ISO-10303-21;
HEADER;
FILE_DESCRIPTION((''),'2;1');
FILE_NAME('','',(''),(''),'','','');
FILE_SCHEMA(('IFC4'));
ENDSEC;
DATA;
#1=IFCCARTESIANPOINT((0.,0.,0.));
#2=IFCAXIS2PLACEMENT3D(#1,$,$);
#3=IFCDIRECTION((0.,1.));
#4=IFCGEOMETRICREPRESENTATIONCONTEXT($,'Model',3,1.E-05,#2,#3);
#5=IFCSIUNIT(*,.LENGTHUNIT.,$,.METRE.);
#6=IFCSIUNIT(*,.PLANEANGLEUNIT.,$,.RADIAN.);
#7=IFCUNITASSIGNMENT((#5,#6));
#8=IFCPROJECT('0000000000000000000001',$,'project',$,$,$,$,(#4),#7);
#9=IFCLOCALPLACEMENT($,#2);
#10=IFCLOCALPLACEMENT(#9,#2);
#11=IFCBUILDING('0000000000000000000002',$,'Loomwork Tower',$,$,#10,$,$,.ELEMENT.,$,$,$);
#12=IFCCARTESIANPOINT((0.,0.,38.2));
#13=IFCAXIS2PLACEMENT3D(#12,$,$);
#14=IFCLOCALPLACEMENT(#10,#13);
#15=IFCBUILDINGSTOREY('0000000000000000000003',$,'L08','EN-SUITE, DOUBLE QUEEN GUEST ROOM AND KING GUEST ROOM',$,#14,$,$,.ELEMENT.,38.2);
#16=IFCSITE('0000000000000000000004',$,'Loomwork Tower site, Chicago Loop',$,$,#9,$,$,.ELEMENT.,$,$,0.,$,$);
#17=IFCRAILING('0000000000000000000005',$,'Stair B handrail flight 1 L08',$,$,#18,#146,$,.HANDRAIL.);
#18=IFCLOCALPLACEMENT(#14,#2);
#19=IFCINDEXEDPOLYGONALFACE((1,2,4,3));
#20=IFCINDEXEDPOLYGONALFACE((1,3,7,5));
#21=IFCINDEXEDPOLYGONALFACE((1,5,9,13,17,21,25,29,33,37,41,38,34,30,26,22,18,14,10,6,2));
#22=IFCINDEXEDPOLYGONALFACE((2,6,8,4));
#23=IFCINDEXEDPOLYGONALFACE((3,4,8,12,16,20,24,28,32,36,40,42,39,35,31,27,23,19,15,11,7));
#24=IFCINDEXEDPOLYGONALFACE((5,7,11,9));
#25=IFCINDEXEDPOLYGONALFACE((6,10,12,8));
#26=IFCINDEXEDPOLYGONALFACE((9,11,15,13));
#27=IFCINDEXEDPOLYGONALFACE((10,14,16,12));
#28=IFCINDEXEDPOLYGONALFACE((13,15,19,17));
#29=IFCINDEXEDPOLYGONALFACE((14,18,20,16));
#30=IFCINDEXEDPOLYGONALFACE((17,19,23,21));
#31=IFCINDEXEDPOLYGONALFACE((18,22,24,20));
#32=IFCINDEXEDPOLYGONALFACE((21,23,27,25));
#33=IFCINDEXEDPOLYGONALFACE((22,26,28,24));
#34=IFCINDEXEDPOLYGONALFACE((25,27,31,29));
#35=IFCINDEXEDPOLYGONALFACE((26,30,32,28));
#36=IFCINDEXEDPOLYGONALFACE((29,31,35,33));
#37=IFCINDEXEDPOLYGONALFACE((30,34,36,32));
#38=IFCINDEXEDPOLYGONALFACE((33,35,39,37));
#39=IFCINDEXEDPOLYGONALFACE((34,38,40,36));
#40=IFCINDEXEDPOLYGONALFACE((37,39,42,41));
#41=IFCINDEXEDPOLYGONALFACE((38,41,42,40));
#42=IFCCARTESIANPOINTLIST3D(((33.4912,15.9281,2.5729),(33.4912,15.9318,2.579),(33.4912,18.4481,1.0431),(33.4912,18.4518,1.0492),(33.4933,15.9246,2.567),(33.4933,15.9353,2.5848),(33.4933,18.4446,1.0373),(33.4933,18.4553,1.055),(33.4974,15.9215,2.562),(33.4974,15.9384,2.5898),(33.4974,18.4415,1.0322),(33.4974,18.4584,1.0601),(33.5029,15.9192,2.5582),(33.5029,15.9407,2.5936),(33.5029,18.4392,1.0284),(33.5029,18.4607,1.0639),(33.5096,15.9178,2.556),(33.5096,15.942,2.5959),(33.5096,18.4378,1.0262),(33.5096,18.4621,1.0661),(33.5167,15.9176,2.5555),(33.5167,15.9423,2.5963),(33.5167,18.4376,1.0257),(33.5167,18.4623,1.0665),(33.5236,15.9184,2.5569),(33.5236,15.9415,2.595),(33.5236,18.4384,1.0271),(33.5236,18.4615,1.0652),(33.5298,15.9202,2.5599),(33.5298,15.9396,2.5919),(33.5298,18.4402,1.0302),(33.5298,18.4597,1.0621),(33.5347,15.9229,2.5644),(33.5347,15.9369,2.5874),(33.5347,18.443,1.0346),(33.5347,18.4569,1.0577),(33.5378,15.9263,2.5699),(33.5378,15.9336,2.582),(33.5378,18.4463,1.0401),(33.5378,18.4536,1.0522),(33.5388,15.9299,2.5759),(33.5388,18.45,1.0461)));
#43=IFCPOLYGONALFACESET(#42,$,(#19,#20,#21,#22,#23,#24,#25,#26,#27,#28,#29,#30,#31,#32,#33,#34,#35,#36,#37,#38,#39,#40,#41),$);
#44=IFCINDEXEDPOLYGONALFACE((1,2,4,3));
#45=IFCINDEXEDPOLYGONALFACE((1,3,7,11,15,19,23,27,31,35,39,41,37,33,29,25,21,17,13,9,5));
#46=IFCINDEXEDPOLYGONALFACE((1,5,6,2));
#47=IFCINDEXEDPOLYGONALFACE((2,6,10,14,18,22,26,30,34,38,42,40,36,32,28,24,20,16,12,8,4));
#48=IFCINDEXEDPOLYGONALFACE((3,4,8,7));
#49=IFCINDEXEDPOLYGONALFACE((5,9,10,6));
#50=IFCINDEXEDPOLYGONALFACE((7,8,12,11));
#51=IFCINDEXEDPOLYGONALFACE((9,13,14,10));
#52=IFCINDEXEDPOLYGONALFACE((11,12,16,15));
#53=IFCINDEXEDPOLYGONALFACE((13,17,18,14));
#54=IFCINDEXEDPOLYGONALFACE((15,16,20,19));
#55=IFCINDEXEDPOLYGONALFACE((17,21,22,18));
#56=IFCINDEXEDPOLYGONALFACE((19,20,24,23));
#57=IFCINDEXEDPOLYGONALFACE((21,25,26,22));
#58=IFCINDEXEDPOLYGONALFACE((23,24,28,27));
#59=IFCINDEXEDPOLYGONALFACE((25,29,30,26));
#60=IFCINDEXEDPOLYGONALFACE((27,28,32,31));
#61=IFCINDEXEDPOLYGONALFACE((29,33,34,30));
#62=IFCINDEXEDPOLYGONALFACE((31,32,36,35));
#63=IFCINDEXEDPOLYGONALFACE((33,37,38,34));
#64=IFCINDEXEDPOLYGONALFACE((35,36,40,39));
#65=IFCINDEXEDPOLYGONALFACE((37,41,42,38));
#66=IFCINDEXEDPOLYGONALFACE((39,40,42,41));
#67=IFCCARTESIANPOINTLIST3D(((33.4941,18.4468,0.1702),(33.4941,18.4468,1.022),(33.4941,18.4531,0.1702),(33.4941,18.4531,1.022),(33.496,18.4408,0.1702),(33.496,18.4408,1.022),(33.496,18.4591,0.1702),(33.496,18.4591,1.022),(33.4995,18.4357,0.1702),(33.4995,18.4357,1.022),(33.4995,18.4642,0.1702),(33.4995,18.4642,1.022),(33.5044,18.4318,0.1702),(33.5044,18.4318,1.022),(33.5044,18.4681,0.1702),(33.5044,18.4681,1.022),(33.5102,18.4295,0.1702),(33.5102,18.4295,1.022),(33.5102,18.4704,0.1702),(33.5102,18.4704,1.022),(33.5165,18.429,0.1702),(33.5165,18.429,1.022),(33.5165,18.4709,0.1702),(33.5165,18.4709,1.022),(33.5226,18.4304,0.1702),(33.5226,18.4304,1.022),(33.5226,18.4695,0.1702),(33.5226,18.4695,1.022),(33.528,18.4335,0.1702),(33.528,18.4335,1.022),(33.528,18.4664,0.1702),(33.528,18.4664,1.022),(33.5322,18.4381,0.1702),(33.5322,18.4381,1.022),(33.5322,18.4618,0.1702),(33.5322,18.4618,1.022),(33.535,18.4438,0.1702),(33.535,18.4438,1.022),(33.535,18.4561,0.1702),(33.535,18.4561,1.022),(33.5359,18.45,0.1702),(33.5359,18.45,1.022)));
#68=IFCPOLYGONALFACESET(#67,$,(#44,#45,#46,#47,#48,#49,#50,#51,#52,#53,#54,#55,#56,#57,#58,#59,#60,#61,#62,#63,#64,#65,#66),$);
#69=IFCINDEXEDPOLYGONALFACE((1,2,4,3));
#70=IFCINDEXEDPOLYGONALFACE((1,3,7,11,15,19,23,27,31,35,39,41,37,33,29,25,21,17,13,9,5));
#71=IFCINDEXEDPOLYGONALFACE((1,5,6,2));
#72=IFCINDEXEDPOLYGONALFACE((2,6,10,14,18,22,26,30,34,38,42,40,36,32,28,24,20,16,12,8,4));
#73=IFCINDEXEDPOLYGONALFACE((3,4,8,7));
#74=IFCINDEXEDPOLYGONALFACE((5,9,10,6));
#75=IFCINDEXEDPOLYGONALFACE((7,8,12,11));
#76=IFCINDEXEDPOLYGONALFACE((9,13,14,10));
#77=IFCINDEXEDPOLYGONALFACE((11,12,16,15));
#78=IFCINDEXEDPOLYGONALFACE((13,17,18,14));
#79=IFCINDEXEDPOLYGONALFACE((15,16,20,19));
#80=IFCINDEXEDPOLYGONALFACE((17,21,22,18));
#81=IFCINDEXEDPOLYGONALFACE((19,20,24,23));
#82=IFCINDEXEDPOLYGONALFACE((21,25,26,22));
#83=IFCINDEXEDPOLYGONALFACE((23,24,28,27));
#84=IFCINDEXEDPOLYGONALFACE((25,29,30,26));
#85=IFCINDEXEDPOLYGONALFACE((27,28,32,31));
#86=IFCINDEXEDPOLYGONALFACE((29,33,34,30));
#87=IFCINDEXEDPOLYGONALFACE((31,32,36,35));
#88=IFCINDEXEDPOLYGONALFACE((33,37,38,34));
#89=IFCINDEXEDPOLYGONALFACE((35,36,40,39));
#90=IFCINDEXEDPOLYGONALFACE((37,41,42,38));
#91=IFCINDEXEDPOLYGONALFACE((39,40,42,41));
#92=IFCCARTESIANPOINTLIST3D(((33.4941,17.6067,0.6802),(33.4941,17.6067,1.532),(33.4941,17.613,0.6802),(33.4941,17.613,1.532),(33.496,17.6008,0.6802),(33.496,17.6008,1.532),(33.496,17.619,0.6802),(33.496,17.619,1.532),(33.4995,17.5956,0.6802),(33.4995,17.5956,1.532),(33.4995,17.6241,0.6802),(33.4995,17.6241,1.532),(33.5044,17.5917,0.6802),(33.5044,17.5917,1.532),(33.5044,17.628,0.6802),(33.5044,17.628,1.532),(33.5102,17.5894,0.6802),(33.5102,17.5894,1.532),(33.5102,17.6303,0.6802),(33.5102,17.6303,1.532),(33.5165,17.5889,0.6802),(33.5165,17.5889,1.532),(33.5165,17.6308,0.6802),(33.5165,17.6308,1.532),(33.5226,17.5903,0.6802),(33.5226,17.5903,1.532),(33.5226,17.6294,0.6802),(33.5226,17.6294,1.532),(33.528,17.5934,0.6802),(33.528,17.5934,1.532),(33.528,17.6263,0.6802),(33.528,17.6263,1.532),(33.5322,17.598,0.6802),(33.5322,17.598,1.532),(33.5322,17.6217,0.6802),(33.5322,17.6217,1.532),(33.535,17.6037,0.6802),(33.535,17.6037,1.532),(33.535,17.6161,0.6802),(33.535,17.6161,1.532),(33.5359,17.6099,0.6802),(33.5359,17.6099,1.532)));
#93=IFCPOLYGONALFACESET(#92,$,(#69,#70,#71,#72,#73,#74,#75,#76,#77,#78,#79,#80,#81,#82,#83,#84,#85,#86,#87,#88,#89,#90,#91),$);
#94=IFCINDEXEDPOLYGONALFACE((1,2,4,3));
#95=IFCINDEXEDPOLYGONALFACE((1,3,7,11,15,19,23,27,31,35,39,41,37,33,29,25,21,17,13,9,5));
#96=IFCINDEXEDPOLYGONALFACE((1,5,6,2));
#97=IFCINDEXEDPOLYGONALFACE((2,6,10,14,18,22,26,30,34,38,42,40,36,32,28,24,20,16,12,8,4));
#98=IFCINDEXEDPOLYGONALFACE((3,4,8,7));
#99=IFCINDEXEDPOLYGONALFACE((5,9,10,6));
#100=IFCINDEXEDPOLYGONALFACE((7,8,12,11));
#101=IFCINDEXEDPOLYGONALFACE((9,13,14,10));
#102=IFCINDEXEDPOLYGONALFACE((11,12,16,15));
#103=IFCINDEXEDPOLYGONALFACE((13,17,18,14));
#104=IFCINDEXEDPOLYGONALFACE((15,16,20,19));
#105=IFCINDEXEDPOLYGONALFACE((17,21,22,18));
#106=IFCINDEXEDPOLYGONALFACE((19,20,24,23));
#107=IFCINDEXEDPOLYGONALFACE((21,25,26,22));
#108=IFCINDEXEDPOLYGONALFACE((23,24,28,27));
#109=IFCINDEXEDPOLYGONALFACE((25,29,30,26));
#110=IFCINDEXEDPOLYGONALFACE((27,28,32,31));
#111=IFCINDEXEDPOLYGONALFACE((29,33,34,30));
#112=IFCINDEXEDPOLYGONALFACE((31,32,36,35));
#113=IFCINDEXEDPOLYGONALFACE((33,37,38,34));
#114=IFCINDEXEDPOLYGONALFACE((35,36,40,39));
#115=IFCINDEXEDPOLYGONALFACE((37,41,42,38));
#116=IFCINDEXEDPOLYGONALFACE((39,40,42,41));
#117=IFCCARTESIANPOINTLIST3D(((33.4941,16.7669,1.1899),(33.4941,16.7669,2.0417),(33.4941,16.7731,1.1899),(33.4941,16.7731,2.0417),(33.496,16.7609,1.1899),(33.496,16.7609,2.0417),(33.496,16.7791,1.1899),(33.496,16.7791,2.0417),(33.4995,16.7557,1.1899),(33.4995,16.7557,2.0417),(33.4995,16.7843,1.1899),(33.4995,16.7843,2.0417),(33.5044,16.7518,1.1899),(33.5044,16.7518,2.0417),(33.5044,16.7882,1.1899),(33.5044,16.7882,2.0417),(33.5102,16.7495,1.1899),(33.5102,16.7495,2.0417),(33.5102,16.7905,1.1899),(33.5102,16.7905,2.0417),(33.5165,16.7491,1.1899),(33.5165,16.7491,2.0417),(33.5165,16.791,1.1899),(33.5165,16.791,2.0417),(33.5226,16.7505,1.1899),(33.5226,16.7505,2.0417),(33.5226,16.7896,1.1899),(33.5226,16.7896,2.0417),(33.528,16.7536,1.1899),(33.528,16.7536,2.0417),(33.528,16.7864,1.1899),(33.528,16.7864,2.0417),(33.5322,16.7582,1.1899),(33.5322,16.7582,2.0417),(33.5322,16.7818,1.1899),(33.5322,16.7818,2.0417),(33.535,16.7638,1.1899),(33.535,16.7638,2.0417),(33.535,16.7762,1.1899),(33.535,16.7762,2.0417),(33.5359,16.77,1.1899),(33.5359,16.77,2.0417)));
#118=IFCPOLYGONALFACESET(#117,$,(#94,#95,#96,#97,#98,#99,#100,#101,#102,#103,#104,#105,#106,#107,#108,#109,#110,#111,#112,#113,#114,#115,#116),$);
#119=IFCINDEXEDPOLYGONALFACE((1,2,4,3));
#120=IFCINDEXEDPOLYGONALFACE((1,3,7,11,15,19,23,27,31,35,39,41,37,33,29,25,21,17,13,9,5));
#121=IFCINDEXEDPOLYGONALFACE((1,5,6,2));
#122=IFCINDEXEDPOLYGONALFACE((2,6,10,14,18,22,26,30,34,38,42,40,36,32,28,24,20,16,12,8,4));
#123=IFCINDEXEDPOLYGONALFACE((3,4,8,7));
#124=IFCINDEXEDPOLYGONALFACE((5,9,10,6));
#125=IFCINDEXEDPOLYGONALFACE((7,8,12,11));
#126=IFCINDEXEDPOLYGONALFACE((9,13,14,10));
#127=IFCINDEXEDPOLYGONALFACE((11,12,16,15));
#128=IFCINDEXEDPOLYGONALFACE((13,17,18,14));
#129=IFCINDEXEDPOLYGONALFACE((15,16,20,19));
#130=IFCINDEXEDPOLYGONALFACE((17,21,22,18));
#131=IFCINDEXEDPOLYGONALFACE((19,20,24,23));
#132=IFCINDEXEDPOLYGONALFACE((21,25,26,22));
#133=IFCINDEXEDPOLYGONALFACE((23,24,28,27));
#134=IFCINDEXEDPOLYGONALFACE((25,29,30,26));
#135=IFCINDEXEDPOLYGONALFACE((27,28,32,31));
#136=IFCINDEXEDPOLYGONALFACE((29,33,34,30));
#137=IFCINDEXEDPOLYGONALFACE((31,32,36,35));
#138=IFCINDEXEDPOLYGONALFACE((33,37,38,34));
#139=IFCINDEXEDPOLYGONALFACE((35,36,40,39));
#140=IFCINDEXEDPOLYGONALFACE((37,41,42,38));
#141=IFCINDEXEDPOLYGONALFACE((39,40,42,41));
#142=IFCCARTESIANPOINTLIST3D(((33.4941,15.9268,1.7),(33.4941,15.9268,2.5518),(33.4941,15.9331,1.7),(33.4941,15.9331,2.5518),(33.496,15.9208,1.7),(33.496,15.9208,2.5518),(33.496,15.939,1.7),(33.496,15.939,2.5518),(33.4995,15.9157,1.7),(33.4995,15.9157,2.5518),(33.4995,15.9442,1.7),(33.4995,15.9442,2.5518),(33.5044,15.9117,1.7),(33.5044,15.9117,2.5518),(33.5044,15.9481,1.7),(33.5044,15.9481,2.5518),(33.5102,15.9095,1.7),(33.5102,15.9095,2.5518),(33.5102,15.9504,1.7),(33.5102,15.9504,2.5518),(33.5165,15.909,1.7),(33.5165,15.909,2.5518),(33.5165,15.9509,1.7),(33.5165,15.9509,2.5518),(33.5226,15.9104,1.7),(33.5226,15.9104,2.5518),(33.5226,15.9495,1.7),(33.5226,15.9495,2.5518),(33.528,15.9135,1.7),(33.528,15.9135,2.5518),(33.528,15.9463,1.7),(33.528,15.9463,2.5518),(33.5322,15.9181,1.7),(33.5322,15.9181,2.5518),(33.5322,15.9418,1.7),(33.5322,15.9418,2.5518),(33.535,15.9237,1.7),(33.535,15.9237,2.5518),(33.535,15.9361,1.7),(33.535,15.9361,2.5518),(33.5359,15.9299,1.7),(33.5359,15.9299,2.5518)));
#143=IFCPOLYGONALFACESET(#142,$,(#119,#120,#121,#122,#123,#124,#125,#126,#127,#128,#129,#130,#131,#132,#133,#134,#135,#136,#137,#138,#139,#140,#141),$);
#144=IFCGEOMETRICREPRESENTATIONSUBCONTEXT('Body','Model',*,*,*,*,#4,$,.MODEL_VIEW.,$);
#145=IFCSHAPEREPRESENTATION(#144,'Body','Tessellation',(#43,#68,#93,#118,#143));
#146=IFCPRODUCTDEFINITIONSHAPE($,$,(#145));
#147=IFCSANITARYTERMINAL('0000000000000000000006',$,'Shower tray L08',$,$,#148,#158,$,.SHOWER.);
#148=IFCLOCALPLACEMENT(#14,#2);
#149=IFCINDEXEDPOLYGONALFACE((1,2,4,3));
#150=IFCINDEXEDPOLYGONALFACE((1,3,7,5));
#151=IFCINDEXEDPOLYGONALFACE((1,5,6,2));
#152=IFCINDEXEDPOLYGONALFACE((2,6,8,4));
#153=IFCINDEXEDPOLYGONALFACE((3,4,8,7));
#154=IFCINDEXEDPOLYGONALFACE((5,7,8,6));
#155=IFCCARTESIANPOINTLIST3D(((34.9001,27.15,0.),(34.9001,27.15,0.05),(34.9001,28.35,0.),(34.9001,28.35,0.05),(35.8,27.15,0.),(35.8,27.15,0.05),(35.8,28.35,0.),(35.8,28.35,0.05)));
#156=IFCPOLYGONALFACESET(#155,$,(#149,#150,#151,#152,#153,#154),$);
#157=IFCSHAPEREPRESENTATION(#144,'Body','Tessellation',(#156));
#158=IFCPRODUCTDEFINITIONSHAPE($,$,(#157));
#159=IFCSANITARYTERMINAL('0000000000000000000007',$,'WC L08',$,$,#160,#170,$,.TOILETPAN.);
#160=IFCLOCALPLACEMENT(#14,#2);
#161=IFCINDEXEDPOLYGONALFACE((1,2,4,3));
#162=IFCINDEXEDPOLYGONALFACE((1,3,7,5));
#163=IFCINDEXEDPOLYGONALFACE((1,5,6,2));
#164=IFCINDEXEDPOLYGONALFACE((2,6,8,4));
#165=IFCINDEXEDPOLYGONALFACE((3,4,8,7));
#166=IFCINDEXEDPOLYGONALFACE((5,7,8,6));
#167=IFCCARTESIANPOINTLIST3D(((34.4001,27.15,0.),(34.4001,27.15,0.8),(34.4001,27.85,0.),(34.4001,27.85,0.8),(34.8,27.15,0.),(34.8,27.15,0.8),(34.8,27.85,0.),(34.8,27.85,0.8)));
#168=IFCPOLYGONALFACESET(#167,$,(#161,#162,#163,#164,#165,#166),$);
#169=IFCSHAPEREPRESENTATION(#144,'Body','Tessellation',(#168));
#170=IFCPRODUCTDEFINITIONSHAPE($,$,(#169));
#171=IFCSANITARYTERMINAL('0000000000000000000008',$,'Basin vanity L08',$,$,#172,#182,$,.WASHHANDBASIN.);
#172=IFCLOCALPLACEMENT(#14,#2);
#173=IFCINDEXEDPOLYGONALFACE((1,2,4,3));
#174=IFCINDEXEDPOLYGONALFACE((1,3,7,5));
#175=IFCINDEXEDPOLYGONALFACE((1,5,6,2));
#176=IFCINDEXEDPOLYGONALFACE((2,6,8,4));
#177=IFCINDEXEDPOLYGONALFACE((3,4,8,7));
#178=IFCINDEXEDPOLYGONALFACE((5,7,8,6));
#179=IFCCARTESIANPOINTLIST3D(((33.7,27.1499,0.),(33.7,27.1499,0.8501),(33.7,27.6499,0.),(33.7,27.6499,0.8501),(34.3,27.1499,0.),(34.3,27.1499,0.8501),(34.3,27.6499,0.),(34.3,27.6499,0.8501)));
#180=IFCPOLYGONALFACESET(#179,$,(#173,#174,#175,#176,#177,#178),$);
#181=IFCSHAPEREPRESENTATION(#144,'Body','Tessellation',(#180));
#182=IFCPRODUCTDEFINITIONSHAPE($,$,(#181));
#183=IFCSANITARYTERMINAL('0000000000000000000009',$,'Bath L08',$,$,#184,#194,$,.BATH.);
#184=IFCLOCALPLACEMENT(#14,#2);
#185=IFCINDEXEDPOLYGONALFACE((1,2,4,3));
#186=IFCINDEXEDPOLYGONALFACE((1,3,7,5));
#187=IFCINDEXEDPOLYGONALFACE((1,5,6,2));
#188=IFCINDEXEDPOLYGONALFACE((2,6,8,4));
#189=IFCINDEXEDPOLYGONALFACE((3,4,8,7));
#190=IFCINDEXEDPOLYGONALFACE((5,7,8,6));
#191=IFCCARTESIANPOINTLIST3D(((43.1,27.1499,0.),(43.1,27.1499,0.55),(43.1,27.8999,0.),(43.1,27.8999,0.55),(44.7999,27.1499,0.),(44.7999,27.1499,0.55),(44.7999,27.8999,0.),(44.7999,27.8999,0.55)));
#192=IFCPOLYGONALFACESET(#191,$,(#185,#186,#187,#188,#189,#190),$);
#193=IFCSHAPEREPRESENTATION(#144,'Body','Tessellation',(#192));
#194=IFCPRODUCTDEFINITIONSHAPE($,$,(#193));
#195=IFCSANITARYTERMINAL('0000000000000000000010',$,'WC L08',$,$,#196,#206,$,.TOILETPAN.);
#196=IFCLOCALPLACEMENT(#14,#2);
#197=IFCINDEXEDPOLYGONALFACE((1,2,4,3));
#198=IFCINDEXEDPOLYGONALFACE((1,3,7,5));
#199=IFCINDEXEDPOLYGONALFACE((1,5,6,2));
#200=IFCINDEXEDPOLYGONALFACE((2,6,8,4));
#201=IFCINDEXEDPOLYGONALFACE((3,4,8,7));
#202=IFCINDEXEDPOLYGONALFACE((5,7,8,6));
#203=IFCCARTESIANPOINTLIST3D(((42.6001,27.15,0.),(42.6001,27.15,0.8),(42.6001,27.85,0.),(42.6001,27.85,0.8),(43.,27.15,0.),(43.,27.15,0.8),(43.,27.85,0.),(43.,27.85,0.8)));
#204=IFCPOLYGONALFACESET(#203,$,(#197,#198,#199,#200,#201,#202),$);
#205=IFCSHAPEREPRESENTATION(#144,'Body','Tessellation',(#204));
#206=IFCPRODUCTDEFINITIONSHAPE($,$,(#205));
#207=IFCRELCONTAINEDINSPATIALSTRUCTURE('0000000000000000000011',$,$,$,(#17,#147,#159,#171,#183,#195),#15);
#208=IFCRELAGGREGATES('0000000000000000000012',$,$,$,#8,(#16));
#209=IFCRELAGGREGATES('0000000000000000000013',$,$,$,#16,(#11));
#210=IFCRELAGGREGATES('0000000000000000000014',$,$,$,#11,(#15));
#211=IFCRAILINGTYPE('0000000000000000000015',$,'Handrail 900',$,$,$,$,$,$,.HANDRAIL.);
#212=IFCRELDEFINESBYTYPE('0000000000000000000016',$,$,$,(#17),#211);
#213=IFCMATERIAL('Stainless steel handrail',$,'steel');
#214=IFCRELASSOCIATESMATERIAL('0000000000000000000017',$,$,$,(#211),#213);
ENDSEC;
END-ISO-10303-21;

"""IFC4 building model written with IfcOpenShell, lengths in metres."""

from ifc_helpers import new_model, si_unit, direction, frame, origin, origin_2d, place, context, subcontext, project, spatial, rectangle, circle, extrude, material, type_object, element, save


model = new_model("IFC4")

# Units and contexts
model_context = context("Model", 3, precision=1e-05, world=origin(), true_north=direction((0.0, 1.0)))
body_context = subcontext(model_context, "Body", "Model", "MODEL_VIEW")
ifc_project = project(units=[si_unit("LENGTHUNIT", "METRE"), si_unit("PLANEANGLEUNIT", "RADIAN")], contexts=[model_context])

# Site, building, storey
site_placement = place(None, origin())
site = spatial("IfcSite", under=ifc_project, at=site_placement, Name="Loomwork Tower site, Chicago Loop", CompositionType="ELEMENT", RefElevation=0.0)
building_placement = place(site_placement, origin())
building = spatial("IfcBuilding", under=site, at=building_placement, Name="Loomwork Tower", CompositionType="ELEMENT")
storey_placement = place(building_placement, frame((0.0, 0.0, 38.2)))
storey = spatial("IfcBuildingStorey", under=building, at=storey_placement, Name="L08", Description="EN-SUITE, DOUBLE QUEEN GUEST ROOM AND KING GUEST ROOM", CompositionType="ELEMENT", Elevation=38.2)

# Railing
ifc_material_1 = material(Name="Stainless steel handrail", Category="steel")
railing_type = type_object("IfcRailingType", Name="Handrail 900", PredefinedType="HANDRAIL", material=ifc_material_1)
railing_placement = place(storey_placement, frame((33.5149, 18.45, 0.1702)))
element("IfcRailing", 1, at=railing_placement, inside=storey, type_object=railing_type, Name="Stair B handrail flight 1 L08", PredefinedType="HANDRAIL", context=body_context, shape_type="SweptSolid", body=[
    extrude(circle(Radius=0.0239, at=origin_2d()), frame((0.0, 0.0, 0.876), z_axis=(0.0, -0.854822, 0.518922), x_axis=(1.0, 0.0, 0.0)), (0.0, 0.0, 1.0), 2.948),
    extrude(circle(Radius=0.021, at=origin_2d()), origin(), (0.0, 0.0, 1.0), 0.8518),
    extrude(circle(Radius=0.021, at=origin_2d()), frame((0.0, -0.8401, 0.51)), (0.0, 0.0, 1.0), 0.8518),
    extrude(circle(Radius=0.021, at=origin_2d()), frame((0.0, -1.6799, 1.0198)), (0.0, 0.0, 1.0), 0.8518),
    extrude(circle(Radius=0.021, at=origin_2d()), frame((0.0, -2.52, 1.5298)), (0.0, 0.0, 1.0), 0.8518),
])

# Sanitary terminals
sanitary_terminal_1_placement = place(storey_placement, frame((35.3501, 27.75, 0.0), z_axis=(0.0, 0.0, 1.0), x_axis=(1.0, 0.0, 0.0)))
element("IfcSanitaryTerminal", 2, at=sanitary_terminal_1_placement, inside=storey, Name="Shower tray L08", PredefinedType="SHOWER", context=body_context, shape_type="SweptSolid", body=[
    extrude(rectangle(XDim=0.8999, YDim=1.2, at=origin_2d()), origin(), (0.0, 0.0, 1.0), 0.05),
])
sanitary_terminal_2_placement = place(storey_placement, frame((34.6001, 27.5, 0.0), z_axis=(0.0, 0.0, 1.0), x_axis=(1.0, 0.0, 0.0)))
element("IfcSanitaryTerminal", 3, at=sanitary_terminal_2_placement, inside=storey, Name="WC L08", PredefinedType="TOILETPAN", context=body_context, shape_type="SweptSolid", body=[
    extrude(rectangle(XDim=0.3999, YDim=0.7, at=origin_2d()), origin(), (0.0, 0.0, 1.0), 0.8),
])
sanitary_terminal_3_placement = place(storey_placement, frame((34.0, 27.3999, 0.0), z_axis=(0.0, 0.0, 1.0), x_axis=(1.0, 0.0, 0.0)))
element("IfcSanitaryTerminal", 4, at=sanitary_terminal_3_placement, inside=storey, Name="Basin vanity L08", PredefinedType="WASHHANDBASIN", context=body_context, shape_type="SweptSolid", body=[
    extrude(rectangle(XDim=0.6001, YDim=0.5, at=origin_2d()), origin(), (0.0, 0.0, 1.0), 0.8501),
])
sanitary_terminal_4_placement = place(storey_placement, frame((43.95, 27.5249, 0.0), z_axis=(0.0, 0.0, 1.0), x_axis=(1.0, 0.0, 0.0)))
element("IfcSanitaryTerminal", 5, at=sanitary_terminal_4_placement, inside=storey, Name="Bath L08", PredefinedType="BATH", context=body_context, shape_type="SweptSolid", body=[
    extrude(rectangle(XDim=1.7, YDim=0.75, at=origin_2d()), origin(), (0.0, 0.0, 1.0), 0.55),
])
sanitary_terminal_5_placement = place(storey_placement, frame((42.8, 27.5, 0.0), z_axis=(0.0, 0.0, 1.0), x_axis=(1.0, 0.0, 0.0)))
element("IfcSanitaryTerminal", 6, at=sanitary_terminal_5_placement, inside=storey, Name="WC L08", PredefinedType="TOILETPAN", context=body_context, shape_type="SweptSolid", body=[
    extrude(rectangle(XDim=0.3999, YDim=0.7, at=origin_2d()), origin(), (0.0, 0.0, 1.0), 0.8),
])

save(model, "model.ifc")
